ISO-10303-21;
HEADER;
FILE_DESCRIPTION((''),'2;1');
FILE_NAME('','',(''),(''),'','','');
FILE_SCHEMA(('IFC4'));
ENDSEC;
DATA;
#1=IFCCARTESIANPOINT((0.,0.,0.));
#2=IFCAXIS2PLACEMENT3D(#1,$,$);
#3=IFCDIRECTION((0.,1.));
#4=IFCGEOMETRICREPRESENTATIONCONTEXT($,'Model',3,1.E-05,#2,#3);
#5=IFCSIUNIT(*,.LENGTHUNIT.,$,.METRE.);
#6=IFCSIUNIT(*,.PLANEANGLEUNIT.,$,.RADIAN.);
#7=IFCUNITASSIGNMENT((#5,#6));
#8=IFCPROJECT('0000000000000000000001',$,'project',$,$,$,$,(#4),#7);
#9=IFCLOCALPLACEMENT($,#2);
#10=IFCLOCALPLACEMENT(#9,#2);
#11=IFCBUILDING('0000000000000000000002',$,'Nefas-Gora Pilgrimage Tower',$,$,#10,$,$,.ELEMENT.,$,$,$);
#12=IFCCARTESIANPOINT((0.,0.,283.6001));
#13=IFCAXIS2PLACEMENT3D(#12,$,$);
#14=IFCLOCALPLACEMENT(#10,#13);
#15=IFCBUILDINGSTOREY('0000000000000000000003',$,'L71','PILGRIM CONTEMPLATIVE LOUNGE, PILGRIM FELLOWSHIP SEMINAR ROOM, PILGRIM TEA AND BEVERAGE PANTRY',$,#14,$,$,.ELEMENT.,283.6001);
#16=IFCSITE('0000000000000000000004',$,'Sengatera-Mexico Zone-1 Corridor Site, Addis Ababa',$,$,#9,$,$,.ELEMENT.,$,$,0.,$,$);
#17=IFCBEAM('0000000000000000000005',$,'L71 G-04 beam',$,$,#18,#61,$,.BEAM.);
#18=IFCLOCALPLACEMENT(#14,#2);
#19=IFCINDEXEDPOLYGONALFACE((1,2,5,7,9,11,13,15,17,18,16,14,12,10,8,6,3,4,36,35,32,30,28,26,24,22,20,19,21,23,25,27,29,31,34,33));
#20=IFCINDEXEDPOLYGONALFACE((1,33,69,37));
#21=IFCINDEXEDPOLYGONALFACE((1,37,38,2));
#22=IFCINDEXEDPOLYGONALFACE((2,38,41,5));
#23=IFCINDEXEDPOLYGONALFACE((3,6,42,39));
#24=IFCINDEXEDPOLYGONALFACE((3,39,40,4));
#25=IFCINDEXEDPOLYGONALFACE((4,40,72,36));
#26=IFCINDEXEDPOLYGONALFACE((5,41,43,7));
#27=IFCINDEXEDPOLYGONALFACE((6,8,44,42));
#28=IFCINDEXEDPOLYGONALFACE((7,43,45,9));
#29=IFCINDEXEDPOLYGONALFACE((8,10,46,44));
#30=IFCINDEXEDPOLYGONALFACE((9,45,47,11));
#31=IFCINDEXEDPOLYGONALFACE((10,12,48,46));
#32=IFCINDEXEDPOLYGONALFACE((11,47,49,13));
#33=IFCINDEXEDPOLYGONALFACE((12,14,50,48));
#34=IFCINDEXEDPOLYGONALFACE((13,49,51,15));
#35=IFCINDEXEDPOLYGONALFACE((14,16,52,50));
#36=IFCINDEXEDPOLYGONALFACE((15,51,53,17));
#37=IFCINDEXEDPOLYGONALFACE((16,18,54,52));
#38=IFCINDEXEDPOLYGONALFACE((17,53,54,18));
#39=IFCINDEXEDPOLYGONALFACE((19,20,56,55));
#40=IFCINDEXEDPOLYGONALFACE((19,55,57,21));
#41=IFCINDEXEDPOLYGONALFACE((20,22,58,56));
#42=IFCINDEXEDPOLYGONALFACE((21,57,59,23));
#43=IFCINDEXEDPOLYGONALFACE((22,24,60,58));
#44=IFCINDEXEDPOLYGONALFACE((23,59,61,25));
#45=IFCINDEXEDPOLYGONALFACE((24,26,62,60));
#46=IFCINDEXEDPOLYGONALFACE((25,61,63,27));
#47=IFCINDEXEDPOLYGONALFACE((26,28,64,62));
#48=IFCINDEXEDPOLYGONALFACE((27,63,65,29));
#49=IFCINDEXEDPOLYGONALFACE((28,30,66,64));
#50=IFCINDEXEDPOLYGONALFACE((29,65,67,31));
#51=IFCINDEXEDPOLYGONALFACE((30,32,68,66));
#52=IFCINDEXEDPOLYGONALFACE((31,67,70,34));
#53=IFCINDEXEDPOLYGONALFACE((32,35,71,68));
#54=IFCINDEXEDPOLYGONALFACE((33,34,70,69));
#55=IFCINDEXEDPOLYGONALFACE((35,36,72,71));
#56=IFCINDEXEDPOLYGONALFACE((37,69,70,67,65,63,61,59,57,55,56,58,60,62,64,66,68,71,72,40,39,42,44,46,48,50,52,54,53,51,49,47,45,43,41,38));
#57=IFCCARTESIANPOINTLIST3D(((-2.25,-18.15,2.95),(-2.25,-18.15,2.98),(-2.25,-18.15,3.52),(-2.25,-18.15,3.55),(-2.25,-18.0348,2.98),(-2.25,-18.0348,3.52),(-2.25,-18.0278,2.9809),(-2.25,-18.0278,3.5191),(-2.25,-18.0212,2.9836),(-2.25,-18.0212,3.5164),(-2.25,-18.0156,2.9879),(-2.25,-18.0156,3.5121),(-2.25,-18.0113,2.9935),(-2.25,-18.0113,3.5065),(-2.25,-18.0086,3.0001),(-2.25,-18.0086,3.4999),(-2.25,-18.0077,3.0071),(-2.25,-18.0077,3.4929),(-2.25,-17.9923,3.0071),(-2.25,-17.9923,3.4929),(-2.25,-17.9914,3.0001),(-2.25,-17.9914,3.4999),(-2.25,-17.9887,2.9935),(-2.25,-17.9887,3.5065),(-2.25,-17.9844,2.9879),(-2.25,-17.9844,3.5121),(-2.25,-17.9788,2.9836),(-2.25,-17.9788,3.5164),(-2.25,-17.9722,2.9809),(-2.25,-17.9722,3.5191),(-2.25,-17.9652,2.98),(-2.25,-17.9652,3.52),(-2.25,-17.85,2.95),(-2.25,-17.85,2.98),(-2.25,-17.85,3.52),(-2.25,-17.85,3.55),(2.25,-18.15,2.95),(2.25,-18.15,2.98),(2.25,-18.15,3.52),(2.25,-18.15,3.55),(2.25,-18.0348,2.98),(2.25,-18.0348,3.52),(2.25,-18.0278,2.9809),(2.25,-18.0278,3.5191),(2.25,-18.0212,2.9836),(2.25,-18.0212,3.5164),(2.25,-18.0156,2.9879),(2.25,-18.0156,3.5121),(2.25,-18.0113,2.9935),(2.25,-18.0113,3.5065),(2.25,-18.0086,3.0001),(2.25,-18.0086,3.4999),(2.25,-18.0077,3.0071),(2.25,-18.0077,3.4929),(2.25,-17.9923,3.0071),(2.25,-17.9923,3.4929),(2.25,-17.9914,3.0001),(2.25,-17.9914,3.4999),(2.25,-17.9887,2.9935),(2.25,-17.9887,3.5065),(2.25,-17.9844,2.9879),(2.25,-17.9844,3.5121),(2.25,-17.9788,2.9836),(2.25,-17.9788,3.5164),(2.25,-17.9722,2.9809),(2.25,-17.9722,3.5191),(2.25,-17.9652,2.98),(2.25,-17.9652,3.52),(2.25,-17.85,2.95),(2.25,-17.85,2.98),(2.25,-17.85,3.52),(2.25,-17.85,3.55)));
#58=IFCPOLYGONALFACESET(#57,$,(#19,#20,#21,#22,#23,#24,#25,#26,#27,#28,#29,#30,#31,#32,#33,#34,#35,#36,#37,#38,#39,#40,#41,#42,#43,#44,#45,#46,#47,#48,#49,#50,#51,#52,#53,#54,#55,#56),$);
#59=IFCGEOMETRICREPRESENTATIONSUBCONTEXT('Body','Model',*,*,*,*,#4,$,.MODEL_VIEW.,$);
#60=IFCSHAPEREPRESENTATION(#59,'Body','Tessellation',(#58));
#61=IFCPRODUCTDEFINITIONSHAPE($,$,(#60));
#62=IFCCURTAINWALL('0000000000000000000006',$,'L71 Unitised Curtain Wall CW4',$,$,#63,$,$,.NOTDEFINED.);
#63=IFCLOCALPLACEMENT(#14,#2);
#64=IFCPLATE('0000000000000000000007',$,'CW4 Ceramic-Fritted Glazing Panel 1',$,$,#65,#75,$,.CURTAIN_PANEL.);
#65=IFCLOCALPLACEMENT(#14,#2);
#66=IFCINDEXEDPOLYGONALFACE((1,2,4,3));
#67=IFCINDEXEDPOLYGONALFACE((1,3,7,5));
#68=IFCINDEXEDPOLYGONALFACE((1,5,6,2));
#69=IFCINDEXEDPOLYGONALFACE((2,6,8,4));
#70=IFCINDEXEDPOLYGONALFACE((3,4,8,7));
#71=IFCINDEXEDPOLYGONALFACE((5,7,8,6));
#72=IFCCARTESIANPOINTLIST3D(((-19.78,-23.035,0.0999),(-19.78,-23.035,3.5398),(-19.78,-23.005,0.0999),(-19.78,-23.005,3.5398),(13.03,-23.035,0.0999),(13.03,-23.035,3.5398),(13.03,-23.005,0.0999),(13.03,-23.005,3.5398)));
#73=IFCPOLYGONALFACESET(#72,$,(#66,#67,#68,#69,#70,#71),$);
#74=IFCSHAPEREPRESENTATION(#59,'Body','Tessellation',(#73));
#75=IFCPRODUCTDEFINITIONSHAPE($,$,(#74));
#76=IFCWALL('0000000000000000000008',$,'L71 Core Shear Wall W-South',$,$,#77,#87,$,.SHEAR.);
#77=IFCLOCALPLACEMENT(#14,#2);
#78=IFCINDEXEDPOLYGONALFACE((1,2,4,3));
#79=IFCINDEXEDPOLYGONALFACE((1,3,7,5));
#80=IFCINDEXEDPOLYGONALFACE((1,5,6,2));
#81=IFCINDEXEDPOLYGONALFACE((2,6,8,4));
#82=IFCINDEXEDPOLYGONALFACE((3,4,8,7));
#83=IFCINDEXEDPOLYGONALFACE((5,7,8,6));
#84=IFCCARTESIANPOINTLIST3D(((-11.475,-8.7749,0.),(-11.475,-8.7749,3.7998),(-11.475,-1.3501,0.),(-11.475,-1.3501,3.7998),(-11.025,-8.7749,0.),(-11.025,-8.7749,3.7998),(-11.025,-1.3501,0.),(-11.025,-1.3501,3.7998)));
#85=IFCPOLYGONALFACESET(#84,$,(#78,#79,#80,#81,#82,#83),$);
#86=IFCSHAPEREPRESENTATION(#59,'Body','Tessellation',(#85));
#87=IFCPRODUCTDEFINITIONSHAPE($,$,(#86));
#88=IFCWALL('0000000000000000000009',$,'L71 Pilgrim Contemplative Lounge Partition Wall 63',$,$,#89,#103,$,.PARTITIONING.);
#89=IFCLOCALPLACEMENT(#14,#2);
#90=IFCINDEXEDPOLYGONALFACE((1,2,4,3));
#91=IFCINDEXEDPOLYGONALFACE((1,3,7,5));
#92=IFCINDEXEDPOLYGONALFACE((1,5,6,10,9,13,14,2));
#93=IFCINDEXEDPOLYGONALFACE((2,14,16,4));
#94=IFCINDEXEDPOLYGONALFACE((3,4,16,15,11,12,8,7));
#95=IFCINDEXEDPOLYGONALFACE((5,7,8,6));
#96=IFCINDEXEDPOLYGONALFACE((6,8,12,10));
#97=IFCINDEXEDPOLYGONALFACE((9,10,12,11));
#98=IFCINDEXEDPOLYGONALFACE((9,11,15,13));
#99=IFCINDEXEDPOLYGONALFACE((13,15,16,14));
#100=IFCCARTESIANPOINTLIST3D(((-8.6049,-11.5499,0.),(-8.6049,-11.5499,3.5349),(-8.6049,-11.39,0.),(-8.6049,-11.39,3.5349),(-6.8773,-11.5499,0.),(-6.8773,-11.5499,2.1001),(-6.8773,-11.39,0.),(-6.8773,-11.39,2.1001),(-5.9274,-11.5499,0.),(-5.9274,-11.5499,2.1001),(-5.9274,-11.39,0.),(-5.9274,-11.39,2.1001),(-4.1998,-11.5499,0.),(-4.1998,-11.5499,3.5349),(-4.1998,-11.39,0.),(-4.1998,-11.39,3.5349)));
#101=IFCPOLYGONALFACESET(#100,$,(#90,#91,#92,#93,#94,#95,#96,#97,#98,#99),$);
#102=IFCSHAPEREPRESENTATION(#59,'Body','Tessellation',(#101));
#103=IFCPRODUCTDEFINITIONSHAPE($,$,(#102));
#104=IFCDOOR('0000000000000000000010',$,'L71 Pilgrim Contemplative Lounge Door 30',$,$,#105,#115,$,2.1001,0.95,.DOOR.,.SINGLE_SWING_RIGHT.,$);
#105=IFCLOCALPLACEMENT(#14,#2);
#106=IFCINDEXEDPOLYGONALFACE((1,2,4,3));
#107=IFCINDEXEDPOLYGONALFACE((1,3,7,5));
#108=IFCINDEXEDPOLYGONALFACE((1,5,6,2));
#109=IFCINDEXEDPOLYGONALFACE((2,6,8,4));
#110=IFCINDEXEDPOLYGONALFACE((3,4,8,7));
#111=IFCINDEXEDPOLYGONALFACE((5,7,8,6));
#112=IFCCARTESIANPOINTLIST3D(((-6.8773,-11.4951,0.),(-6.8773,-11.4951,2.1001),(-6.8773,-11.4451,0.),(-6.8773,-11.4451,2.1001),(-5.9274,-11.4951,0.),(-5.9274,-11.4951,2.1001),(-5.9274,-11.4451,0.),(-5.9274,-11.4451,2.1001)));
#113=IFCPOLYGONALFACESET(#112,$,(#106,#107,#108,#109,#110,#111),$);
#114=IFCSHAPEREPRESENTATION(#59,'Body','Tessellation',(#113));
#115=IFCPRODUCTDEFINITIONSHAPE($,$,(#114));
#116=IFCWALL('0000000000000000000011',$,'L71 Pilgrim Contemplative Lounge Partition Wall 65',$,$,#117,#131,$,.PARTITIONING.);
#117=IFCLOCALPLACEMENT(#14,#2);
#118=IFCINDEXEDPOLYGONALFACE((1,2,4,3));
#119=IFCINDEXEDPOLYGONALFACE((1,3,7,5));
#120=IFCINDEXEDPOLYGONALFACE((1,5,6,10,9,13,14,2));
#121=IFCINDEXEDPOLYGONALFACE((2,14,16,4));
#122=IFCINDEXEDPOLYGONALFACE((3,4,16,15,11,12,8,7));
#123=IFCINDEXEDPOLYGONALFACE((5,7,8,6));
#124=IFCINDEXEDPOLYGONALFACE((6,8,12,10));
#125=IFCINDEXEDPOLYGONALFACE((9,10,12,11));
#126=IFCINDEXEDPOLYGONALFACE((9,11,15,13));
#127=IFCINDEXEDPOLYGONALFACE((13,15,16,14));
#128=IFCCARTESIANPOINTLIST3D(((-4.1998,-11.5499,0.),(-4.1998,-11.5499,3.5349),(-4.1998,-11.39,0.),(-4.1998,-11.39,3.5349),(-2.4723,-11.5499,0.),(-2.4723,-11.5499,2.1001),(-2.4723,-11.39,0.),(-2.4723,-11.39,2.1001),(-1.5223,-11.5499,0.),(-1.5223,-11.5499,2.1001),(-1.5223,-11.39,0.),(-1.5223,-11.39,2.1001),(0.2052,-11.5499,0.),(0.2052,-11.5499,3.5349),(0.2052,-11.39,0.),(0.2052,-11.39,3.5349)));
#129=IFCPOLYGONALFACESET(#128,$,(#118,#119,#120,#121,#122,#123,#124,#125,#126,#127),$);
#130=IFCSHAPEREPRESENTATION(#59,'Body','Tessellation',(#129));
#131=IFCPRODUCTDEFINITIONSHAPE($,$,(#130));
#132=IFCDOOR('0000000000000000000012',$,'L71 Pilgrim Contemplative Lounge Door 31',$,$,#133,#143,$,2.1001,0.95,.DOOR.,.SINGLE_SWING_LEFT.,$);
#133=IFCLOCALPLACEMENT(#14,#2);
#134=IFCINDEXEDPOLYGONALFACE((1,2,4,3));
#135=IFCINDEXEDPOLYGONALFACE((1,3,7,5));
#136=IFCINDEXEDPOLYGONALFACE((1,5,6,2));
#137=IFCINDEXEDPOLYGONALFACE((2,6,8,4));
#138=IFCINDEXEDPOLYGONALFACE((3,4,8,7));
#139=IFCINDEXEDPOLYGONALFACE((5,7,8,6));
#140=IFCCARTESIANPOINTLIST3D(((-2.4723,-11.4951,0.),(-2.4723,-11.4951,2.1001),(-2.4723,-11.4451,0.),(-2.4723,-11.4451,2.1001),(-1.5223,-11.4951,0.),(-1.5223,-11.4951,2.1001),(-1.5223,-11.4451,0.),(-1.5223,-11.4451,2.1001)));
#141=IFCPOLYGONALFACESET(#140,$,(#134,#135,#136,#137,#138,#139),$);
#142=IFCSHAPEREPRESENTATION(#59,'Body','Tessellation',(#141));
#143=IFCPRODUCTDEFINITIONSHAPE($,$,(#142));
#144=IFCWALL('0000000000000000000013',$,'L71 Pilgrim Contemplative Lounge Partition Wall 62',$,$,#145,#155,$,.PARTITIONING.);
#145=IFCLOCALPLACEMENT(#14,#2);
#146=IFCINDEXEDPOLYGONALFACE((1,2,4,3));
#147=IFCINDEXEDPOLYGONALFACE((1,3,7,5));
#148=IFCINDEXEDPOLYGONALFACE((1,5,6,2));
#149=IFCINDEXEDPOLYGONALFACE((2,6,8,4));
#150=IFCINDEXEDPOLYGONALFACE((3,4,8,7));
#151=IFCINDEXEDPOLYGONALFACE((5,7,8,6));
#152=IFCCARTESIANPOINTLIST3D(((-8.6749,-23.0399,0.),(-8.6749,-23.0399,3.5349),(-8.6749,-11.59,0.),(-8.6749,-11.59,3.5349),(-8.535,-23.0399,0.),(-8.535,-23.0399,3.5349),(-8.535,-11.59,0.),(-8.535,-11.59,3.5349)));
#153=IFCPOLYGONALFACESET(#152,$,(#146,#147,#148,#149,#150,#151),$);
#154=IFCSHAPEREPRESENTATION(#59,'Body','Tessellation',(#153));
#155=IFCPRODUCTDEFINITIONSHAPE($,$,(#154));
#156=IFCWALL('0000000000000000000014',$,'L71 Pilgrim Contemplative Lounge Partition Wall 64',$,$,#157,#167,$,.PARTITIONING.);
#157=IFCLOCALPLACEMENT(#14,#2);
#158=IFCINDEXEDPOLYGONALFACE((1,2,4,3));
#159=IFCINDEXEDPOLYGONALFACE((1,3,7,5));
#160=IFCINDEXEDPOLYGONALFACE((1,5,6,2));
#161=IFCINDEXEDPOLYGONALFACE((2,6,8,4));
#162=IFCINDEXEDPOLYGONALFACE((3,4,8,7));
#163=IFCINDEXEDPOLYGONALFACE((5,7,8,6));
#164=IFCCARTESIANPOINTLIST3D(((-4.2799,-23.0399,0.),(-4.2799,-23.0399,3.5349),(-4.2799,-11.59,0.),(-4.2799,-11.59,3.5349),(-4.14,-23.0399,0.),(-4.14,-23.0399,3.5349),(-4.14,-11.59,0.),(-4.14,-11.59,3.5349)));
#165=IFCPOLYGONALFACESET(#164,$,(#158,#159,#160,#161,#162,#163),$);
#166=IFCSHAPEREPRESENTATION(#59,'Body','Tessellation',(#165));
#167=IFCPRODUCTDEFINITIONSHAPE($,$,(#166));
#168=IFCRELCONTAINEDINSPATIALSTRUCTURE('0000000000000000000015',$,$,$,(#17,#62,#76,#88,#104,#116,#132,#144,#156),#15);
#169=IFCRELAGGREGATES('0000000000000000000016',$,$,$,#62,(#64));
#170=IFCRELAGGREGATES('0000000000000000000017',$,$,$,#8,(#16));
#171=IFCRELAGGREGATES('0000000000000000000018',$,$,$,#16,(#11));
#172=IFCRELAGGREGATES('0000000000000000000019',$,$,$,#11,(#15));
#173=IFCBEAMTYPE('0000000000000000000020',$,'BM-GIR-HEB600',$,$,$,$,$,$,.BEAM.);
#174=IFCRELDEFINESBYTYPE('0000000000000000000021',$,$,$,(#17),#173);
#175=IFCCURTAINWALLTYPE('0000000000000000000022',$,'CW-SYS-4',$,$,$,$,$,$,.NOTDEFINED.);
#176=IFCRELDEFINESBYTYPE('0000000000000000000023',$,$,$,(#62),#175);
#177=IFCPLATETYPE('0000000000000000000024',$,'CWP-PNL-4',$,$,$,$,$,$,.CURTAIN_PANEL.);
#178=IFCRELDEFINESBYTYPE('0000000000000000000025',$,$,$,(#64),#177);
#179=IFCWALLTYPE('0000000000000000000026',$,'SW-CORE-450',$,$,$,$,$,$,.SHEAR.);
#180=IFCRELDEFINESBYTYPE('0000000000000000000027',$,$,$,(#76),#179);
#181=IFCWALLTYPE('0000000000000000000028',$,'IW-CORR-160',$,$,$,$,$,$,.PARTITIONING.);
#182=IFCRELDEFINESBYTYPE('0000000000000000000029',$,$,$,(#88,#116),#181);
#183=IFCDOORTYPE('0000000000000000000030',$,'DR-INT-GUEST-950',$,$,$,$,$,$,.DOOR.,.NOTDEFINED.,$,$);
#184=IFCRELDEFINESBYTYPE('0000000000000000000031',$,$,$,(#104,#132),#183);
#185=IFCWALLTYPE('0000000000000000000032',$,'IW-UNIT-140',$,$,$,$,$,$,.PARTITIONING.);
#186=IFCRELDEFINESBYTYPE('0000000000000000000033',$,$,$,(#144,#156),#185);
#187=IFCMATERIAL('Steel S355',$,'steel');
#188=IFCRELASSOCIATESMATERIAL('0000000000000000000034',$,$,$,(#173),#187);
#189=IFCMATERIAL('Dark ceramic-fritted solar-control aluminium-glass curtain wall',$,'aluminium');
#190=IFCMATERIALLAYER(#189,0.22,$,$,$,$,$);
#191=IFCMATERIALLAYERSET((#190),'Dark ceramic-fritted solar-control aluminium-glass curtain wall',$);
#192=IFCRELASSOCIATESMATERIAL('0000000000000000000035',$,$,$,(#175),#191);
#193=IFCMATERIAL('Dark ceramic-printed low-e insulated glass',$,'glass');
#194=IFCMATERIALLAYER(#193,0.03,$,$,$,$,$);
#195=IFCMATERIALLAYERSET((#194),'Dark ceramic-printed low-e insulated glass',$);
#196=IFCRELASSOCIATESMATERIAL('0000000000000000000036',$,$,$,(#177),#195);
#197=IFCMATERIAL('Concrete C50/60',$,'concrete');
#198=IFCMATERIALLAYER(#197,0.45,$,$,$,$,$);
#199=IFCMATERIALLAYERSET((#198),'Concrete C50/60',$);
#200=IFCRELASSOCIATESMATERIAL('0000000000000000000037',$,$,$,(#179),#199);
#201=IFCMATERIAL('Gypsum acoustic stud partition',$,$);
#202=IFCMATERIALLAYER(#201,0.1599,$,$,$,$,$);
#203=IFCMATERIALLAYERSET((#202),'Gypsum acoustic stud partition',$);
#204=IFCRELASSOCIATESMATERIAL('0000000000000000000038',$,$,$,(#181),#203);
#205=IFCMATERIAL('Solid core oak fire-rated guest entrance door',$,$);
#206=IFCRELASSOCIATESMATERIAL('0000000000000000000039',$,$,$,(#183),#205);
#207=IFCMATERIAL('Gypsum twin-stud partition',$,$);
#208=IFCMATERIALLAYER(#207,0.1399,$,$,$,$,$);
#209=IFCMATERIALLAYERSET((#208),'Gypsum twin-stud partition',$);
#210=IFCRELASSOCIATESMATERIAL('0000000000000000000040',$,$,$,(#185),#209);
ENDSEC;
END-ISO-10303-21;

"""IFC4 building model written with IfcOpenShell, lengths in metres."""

from ifc_helpers import new_model, si_unit, direction, frame, frame_2d, origin, origin_2d, place, context, subcontext, project, spatial, rectangle, i_section, extrude, source, transform, mapped, material, layer, layer_set, material_profile, profile_set, type_object, element, fill, aggregate, save


model = new_model("IFC4")

# Units and contexts
model_context = context("Model", 3, precision=1e-05, world=origin(), true_north=direction((0.0, 1.0)))
body_context = subcontext(model_context, "Body", "Model", "MODEL_VIEW")
ifc_project = project(units=[si_unit("LENGTHUNIT", "METRE"), si_unit("PLANEANGLEUNIT", "RADIAN")], contexts=[model_context])

# Site, building, storey
site_placement = place(None, origin())
site = spatial("IfcSite", under=ifc_project, at=site_placement, Name="Sengatera-Mexico Zone-1 Corridor Site, Addis Ababa", CompositionType="ELEMENT", RefElevation=0.0)
building_placement = place(site_placement, origin())
building = spatial("IfcBuilding", under=site, at=building_placement, Name="Nefas-Gora Pilgrimage Tower", CompositionType="ELEMENT")
storey_placement = place(building_placement, frame((0.0, 0.0, 283.6001)))
storey = spatial("IfcBuildingStorey", under=building, at=storey_placement, Name="L71", Description="PILGRIM CONTEMPLATIVE LOUNGE, PILGRIM FELLOWSHIP SEMINAR ROOM, PILGRIM TEA AND BEVERAGE PANTRY", CompositionType="ELEMENT", Elevation=283.6001)

# Shared definitions
ifc_material_1 = material(Name="Steel S355", Category="steel")

# Beam
ifc_material_2 = material(Name="Concrete C50/60", Category="concrete")
ifc_material_profile_1 = material_profile(ifc_material_1, i_section(OverallWidth=0.3, OverallDepth=0.6001, WebThickness=0.0154, FlangeThickness=0.03, FilletRadius=0.0271, at=origin_2d()), Name="HEB 600")
ifc_profile_set_1 = profile_set([ifc_material_profile_1], Name="Steel S355")
beam_type_1 = type_object("IfcBeamType", Name="BM-GIR-HEB600", PredefinedType="BEAM", material=ifc_profile_set_1)
shared_shape_1 = source(origin(), body_context, "Body", "SweptSolid", [
    extrude(i_section(OverallWidth=0.3, OverallDepth=0.6001, WebThickness=0.0154, FlangeThickness=0.03, FilletRadius=0.0271, at=origin_2d()), origin(), (0.0, 0.0, 1.0), 4.5),
])
for number, where, z_axis, x_axis, name in (
    (1, (-2.25, -18.0, 3.25), (1.0, 0.0, 0.0), (0.0, 1.0, 0.0), "L71 G-04 beam"),
):
    element("IfcBeam", number, at=place(storey_placement, frame(where, z_axis=z_axis, x_axis=x_axis)), inside=storey, type_object=beam_type_1, Name=name, PredefinedType="BEAM", context=body_context, shape_type="MappedRepresentation", body=[
        mapped(shared_shape_1, transform((0.0, 0.0, 0.0), x_axis=(1.0, 0.0, 0.0), y_axis=(0.0, 1.0, 0.0), z_axis=(0.0, 0.0, 1.0), scale=1.0)),
    ])

# Curtain wall, plate
ifc_material_3 = material(Name="Dark ceramic-fritted solar-control aluminium-glass curtain wall", Category="aluminium")
ifc_layer_1 = layer(ifc_material_3, 0.22)
ifc_layer_set_1 = layer_set([ifc_layer_1], Name="Dark ceramic-fritted solar-control aluminium-glass curtain wall")
curtain_wall_type = type_object("IfcCurtainWallType", Name="CW-SYS-4", PredefinedType="NOTDEFINED", material=ifc_layer_set_1)
curtain_wall_placement = place(storey_placement, origin())
curtain_wall = element("IfcCurtainWall", 2, at=curtain_wall_placement, inside=storey, type_object=curtain_wall_type, Name="L71 Unitised Curtain Wall CW4", PredefinedType="NOTDEFINED")
ifc_material_4 = material(Name="Dark ceramic-printed low-e insulated glass", Category="glass")
ifc_layer_2 = layer(ifc_material_4, 0.03)
ifc_layer_set_2 = layer_set([ifc_layer_2], Name="Dark ceramic-printed low-e insulated glass")
plate_type = type_object("IfcPlateType", Name="CWP-PNL-4", PredefinedType="CURTAIN_PANEL", material=ifc_layer_set_2)
shared_shape_2 = source(origin(), body_context, "Body", "SweptSolid", [
    extrude(rectangle(XDim=32.8101, YDim=0.03, at=origin_2d()), origin(), (0.0, 0.0, 1.0), 3.4399),
])
plate_placement = place(storey_placement, frame((-3.375, -23.02, 0.0999), z_axis=(0.0, 0.0, 1.0), x_axis=(1.0, 0.0, 0.0)))
plate = element("IfcPlate", 3, at=plate_placement, type_object=plate_type, Name="CW4 Ceramic-Fritted Glazing Panel 1", PredefinedType="CURTAIN_PANEL", context=body_context, shape_type="MappedRepresentation", body=[
    mapped(shared_shape_2, transform((0.0, 0.0, 0.0), x_axis=(1.0, 0.0, 0.0), y_axis=(0.0, 1.0, 0.0), z_axis=(0.0, 0.0, 1.0), scale=1.0)),
])
aggregate(curtain_wall, [plate])

# Wall
ifc_layer_3 = layer(ifc_material_2, 0.45)
ifc_layer_set_3 = layer_set([ifc_layer_3], Name="Concrete C50/60")
wall_type_1 = type_object("IfcWallType", Name="SW-CORE-450", PredefinedType="SHEAR", material=ifc_layer_set_3)
shared_shape_3 = source(origin(), body_context, "Body", "SweptSolid", [
    extrude(rectangle(XDim=7.4248, YDim=0.45, at=frame_2d((3.7124, 0.0))), origin(), (0.0, 0.0, 1.0), 3.7998),
])
wall_1_placement = place(storey_placement, frame((-11.25, -8.7749, 0.0), z_axis=(0.0, 0.0, 1.0), x_axis=(0.0, 1.0, 0.0)))
element("IfcWall", 4, at=wall_1_placement, inside=storey, type_object=wall_type_1, Name="L71 Core Shear Wall W-South", PredefinedType="SHEAR", context=body_context, shape_type="MappedRepresentation", body=[
    mapped(shared_shape_3, transform((0.0, 0.0, 0.0), x_axis=(1.0, 0.0, 0.0), y_axis=(0.0, 1.0, 0.0), z_axis=(0.0, 0.0, 1.0), scale=1.0)),
])

# Walls, openings, doors
ifc_material_5 = material(Name="Gypsum acoustic stud partition")
ifc_layer_4 = layer(ifc_material_5, 0.1599)
ifc_layer_set_4 = layer_set([ifc_layer_4], Name="Gypsum acoustic stud partition")
wall_type_2 = type_object("IfcWallType", Name="IW-CORR-160", PredefinedType="PARTITIONING", material=ifc_layer_set_4)
shared_shape_4 = source(origin(), body_context, "Body", "SweptSolid", [
    extrude(rectangle(XDim=4.405, YDim=0.1599, at=frame_2d((2.2026, 0.0))), origin(), (0.0, 0.0, 1.0), 3.5349),
])
wall_2_placement = place(storey_placement, frame((-8.605, -11.47, 0.0), z_axis=(0.0, 0.0, 1.0), x_axis=(1.0, 0.0, 0.0)))
wall_2 = element("IfcWall", 5, at=wall_2_placement, inside=storey, type_object=wall_type_2, Name="L71 Pilgrim Contemplative Lounge Partition Wall 63", PredefinedType="PARTITIONING", context=body_context, shape_type="MappedRepresentation", body=[
    mapped(shared_shape_4, transform((0.0, 0.0, 0.0), x_axis=(1.0, 0.0, 0.0), y_axis=(0.0, 1.0, 0.0), z_axis=(0.0, 0.0, 1.0), scale=1.0)),
])
opening_1_placement = place(wall_2_placement, frame((1.7275, 0.0, 0.0)))
opening_1 = element("IfcOpeningElement", 6, at=opening_1_placement, cuts=wall_2, PredefinedType="OPENING", context=body_context, shape_type="SweptSolid", body=[
    extrude(rectangle(XDim=0.95, YDim=2.1001, at=frame_2d((0.4751, 1.05))), frame((0.0, 0.0898, 0.0), z_axis=(0.0, -1.0, 0.0), x_axis=(1.0, 0.0, 0.0)), (0.0, 0.0, 1.0), 0.1799),
])
ifc_material_6 = material(Name="Solid core oak fire-rated guest entrance door")
door_type = type_object("IfcDoorType", Name="DR-INT-GUEST-950", OperationType="NOTDEFINED", PredefinedType="DOOR", material=ifc_material_6)
shared_shape_5 = source(origin(), body_context, "Body", "SweptSolid", [
    extrude(rectangle(XDim=0.95, YDim=2.1001, at=frame_2d((0.4751, 1.05))), frame((0.0, 0.0249, 0.0), z_axis=(0.0, -1.0, 0.0), x_axis=(1.0, 0.0, 0.0)), (0.0, 0.0, 1.0), 0.05),
])
door_1_placement = place(opening_1_placement, origin())
door_1 = element("IfcDoor", 7, at=door_1_placement, inside=storey, type_object=door_type, Name="L71 Pilgrim Contemplative Lounge Door 30", OperationType="SINGLE_SWING_RIGHT", OverallHeight=2.1001, OverallWidth=0.95, PredefinedType="DOOR", context=body_context, shape_type="MappedRepresentation", body=[
    mapped(shared_shape_5, transform((0.0, 0.0, 0.0), x_axis=(1.0, 0.0, 0.0), y_axis=(0.0, 1.0, 0.0), z_axis=(0.0, 0.0, 1.0), scale=1.0)),
])
fill(opening_1, door_1)
wall_3_placement = place(storey_placement, frame((-4.2, -11.47, 0.0), z_axis=(0.0, 0.0, 1.0), x_axis=(1.0, 0.0, 0.0)))
wall_3 = element("IfcWall", 8, at=wall_3_placement, inside=storey, type_object=wall_type_2, Name="L71 Pilgrim Contemplative Lounge Partition Wall 65", PredefinedType="PARTITIONING", context=body_context, shape_type="MappedRepresentation", body=[
    mapped(shared_shape_4, transform((0.0, 0.0, 0.0), x_axis=(1.0, 0.0, 0.0), y_axis=(0.0, 1.0, 0.0), z_axis=(0.0, 0.0, 1.0), scale=1.0)),
])
opening_2_placement = place(wall_3_placement, frame((1.7275, 0.0, 0.0)))
opening_2 = element("IfcOpeningElement", 9, at=opening_2_placement, cuts=wall_3, PredefinedType="OPENING", context=body_context, shape_type="SweptSolid", body=[
    extrude(rectangle(XDim=0.95, YDim=2.1001, at=frame_2d((0.4751, 1.05))), frame((0.0, 0.0898, 0.0), z_axis=(0.0, -1.0, 0.0), x_axis=(1.0, 0.0, 0.0)), (0.0, 0.0, 1.0), 0.1799),
])
door_2_placement = place(opening_2_placement, origin())
door_2 = element("IfcDoor", 10, at=door_2_placement, inside=storey, type_object=door_type, Name="L71 Pilgrim Contemplative Lounge Door 31", OperationType="SINGLE_SWING_LEFT", OverallHeight=2.1001, OverallWidth=0.95, PredefinedType="DOOR", context=body_context, shape_type="MappedRepresentation", body=[
    mapped(shared_shape_5, transform((0.0, 0.0, 0.0), x_axis=(1.0, 0.0, 0.0), y_axis=(0.0, 1.0, 0.0), z_axis=(0.0, 0.0, 1.0), scale=1.0)),
])
fill(opening_2, door_2)

# Walls
ifc_material_7 = material(Name="Gypsum twin-stud partition")
ifc_layer_5 = layer(ifc_material_7, 0.1399)
ifc_layer_set_5 = layer_set([ifc_layer_5], Name="Gypsum twin-stud partition")
wall_type_3 = type_object("IfcWallType", Name="IW-UNIT-140", PredefinedType="PARTITIONING", material=ifc_layer_set_5)
shared_shape_6 = source(origin(), body_context, "Body", "SweptSolid", [
    extrude(rectangle(XDim=11.45, YDim=0.1399, at=frame_2d((5.7251, 0.0))), origin(), (0.0, 0.0, 1.0), 3.5349),
])
for number, where, z_axis, x_axis, name in (
    (11, (-8.605, -23.04, 0.0), (0.0, 0.0, 1.0), (0.0, 1.0, 0.0), "L71 Pilgrim Contemplative Lounge Partition Wall 62"),
    (12, (-4.21, -23.04, 0.0), (0.0, 0.0, 1.0), (0.0, 1.0, 0.0), "L71 Pilgrim Contemplative Lounge Partition Wall 64"),
):
    element("IfcWall", number, at=place(storey_placement, frame(where, z_axis=z_axis, x_axis=x_axis)), inside=storey, type_object=wall_type_3, Name=name, PredefinedType="PARTITIONING", context=body_context, shape_type="MappedRepresentation", body=[
        mapped(shared_shape_6, transform((0.0, 0.0, 0.0), x_axis=(1.0, 0.0, 0.0), y_axis=(0.0, 1.0, 0.0), z_axis=(0.0, 0.0, 1.0), scale=1.0)),
    ])

save(model, "model.ifc")
